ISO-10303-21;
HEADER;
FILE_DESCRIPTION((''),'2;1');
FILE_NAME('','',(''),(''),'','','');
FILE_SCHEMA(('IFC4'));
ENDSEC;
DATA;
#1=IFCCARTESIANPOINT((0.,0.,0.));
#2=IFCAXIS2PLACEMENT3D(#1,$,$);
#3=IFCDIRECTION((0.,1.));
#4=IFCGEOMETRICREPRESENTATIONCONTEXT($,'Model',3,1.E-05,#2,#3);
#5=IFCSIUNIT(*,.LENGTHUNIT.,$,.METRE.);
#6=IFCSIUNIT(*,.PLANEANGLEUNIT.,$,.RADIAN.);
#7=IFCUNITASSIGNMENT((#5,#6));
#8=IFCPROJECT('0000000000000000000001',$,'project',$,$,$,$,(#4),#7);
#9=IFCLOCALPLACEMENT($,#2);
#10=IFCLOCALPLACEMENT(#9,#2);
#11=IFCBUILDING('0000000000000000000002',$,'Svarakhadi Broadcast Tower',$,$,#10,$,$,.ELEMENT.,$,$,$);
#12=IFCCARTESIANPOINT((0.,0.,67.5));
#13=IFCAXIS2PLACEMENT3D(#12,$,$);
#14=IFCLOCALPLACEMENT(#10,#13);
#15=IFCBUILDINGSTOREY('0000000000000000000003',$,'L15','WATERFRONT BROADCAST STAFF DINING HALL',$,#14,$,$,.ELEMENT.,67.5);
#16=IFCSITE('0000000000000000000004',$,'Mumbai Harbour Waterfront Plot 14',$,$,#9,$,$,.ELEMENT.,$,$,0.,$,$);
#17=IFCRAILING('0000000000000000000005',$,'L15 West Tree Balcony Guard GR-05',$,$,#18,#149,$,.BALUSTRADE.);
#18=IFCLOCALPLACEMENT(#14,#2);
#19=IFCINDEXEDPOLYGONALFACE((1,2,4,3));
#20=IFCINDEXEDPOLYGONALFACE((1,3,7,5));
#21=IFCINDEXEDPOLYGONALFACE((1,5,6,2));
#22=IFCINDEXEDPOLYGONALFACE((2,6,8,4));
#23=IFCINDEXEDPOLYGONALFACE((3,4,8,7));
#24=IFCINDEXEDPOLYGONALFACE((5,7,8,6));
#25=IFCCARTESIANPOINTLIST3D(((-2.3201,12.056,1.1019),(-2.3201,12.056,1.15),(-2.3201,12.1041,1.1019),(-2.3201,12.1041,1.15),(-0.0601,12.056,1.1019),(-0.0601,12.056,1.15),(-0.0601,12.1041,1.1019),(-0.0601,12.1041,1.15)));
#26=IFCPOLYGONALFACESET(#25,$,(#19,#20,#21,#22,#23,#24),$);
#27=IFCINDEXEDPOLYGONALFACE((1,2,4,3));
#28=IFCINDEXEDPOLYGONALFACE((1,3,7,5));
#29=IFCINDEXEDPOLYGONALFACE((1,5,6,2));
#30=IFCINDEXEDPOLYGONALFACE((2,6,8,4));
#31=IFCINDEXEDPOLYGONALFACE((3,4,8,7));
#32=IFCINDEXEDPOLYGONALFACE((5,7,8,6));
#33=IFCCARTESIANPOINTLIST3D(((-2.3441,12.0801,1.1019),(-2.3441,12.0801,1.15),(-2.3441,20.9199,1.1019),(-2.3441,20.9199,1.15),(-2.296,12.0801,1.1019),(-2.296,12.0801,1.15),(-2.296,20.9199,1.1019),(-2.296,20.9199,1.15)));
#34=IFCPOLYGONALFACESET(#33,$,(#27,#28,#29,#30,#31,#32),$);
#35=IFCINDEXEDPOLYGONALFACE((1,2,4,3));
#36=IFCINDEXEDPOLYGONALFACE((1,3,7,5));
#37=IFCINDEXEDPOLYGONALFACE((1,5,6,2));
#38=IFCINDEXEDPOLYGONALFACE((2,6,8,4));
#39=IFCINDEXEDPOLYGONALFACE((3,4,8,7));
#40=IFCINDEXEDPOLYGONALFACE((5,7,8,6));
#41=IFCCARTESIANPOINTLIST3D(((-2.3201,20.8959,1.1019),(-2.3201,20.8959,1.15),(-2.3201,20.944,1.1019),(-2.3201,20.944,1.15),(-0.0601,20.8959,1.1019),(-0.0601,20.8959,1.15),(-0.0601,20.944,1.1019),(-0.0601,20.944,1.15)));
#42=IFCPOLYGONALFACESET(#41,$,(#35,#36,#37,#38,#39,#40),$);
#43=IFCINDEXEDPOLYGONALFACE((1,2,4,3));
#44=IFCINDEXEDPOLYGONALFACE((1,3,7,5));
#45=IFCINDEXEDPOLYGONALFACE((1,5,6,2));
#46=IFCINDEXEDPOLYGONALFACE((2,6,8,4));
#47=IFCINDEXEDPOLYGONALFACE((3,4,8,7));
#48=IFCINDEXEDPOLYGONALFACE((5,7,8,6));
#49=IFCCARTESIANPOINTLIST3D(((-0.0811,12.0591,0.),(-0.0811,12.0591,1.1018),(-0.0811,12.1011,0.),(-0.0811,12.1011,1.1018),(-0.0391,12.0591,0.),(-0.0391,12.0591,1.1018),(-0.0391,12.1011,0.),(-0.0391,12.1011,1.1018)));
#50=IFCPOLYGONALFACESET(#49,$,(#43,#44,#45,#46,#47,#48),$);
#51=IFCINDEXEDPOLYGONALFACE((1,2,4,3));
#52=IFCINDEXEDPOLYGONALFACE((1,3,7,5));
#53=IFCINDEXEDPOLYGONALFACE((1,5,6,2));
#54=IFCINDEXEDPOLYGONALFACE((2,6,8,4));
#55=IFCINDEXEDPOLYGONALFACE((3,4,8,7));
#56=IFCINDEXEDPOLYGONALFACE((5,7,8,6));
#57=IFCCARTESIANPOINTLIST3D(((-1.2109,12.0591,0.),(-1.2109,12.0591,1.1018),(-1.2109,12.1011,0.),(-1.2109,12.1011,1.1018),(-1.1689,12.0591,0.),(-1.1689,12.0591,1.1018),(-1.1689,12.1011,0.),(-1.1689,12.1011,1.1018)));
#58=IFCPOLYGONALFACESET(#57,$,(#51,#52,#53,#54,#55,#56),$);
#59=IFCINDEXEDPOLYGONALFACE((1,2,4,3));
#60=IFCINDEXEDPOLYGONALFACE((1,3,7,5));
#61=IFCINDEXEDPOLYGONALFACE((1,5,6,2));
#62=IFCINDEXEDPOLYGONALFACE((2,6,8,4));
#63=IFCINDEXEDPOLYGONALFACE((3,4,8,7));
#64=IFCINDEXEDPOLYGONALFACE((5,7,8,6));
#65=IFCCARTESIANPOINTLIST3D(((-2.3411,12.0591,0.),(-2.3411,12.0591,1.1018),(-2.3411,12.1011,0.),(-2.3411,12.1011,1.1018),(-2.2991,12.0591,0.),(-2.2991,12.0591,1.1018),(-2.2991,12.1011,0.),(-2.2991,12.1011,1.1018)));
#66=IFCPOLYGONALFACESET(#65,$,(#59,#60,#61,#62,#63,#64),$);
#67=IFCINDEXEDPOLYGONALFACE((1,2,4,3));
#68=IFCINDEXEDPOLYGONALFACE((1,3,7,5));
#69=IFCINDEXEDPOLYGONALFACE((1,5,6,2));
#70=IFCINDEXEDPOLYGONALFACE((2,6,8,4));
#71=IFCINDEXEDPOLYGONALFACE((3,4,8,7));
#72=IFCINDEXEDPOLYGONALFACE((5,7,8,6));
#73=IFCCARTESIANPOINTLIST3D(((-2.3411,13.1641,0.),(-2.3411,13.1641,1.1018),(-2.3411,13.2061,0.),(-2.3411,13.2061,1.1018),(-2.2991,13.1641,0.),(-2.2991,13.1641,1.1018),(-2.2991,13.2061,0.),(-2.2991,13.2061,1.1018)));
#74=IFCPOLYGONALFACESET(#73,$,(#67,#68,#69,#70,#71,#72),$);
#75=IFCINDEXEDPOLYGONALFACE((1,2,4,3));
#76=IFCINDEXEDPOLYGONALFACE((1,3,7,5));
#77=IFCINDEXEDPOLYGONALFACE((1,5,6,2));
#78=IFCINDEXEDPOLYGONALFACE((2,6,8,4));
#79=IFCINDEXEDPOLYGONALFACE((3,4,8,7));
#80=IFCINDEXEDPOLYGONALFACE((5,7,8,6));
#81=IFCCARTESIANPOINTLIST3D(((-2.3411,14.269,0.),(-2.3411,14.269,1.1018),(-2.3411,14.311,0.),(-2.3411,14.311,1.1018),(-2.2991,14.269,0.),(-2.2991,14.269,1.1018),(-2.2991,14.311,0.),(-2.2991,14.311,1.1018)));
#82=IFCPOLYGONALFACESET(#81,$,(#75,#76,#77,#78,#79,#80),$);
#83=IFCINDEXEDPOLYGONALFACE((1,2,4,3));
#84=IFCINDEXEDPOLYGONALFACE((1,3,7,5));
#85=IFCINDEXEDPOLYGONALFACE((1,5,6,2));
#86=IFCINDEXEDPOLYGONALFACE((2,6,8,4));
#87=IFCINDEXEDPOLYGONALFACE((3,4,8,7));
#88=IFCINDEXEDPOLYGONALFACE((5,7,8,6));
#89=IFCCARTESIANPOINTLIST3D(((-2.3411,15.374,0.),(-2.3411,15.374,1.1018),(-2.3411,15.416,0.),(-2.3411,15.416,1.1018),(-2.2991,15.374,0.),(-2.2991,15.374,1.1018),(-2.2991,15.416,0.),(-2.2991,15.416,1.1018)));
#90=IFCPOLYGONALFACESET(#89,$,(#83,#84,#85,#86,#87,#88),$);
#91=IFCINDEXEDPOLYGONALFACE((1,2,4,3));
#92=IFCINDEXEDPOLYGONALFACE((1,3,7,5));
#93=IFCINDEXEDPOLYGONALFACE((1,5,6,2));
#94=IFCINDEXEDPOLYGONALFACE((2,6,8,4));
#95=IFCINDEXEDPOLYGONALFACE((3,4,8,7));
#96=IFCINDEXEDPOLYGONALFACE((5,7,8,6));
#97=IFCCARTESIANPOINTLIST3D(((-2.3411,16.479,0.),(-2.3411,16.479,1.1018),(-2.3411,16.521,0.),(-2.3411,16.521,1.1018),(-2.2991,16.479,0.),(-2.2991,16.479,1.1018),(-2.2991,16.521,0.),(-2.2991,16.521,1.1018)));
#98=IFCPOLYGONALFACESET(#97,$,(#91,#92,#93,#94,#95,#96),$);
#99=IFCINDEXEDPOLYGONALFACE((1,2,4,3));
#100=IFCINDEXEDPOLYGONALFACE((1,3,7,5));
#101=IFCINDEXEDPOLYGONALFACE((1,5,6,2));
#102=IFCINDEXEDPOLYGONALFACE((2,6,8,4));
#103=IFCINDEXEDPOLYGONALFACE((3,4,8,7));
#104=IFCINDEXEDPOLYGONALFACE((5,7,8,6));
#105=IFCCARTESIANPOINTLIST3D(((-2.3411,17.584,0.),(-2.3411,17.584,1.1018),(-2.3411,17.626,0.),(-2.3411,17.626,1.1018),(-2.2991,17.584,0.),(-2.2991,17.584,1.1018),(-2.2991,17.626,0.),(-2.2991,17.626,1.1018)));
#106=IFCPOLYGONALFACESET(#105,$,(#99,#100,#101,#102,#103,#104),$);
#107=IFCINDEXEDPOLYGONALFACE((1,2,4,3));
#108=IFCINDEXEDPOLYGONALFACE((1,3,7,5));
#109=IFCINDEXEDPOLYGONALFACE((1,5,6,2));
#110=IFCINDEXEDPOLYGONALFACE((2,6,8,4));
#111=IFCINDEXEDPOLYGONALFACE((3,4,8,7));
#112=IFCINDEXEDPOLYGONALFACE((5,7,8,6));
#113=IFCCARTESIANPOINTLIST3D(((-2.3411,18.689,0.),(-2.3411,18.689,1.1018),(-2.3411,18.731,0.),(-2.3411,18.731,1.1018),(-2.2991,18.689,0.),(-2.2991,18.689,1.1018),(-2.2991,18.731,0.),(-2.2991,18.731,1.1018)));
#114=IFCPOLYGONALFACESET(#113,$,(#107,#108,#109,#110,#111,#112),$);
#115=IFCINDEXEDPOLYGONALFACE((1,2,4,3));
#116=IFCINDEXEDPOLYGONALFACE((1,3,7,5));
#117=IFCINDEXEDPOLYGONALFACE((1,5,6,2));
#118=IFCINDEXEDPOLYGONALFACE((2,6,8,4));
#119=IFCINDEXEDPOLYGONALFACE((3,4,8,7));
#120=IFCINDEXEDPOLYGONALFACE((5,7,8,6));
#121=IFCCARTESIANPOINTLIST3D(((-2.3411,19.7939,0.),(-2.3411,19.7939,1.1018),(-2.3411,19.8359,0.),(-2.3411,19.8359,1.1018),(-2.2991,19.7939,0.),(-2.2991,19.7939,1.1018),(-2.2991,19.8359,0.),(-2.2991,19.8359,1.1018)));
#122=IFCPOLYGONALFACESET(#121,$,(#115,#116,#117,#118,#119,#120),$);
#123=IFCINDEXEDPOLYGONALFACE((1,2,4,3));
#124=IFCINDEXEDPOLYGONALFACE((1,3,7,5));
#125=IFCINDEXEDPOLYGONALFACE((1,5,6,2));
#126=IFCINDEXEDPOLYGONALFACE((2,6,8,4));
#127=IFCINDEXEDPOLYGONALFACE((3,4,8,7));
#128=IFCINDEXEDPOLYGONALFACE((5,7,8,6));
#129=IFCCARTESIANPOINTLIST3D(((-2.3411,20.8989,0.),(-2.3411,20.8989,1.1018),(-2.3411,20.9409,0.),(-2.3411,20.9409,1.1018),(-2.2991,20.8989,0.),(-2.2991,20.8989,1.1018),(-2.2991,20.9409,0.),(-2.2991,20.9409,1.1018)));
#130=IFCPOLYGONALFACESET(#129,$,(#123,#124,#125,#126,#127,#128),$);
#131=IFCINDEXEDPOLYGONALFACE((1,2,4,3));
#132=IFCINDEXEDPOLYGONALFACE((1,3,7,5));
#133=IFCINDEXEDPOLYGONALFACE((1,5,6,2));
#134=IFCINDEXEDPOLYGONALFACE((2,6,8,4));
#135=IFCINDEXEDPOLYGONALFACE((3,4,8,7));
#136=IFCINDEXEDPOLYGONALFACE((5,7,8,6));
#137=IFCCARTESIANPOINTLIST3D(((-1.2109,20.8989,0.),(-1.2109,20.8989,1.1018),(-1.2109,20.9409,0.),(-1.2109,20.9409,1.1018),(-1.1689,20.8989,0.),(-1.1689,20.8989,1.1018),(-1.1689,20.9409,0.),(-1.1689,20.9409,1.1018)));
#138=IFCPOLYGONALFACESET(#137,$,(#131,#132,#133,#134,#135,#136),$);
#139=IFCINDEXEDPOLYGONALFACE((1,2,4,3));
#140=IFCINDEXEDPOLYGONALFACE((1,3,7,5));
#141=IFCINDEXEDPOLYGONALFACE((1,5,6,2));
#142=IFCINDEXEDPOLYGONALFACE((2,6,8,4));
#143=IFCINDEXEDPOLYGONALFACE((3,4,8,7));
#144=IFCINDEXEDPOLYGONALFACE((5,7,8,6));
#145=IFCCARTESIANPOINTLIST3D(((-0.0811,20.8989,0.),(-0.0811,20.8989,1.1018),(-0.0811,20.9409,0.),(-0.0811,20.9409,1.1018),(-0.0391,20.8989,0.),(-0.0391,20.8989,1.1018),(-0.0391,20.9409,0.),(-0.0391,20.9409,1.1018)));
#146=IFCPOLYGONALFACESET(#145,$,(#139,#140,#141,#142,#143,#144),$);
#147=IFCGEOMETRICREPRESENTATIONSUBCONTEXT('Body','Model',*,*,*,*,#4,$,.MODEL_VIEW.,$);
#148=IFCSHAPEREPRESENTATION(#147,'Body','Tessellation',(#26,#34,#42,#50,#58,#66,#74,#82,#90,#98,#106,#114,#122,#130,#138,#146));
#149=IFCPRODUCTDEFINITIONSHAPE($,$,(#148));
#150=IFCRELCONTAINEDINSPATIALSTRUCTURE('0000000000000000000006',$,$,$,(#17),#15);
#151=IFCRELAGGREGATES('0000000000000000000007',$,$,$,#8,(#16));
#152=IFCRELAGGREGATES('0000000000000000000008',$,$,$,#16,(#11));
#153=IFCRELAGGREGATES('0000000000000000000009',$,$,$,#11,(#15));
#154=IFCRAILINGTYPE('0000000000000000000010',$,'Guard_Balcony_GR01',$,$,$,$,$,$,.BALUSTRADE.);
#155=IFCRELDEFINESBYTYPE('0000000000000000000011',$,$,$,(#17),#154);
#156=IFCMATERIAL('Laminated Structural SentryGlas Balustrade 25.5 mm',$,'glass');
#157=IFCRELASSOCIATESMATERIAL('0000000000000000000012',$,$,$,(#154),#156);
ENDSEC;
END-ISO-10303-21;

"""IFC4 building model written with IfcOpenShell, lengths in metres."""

from ifc_helpers import new_model, si_unit, direction, frame, origin, origin_2d, place, context, subcontext, project, spatial, rectangle, extrude, material, type_object, element, save


model = new_model("IFC4")

# Units and contexts
model_context = context("Model", 3, precision=1e-05, world=origin(), true_north=direction((0.0, 1.0)))
body_context = subcontext(model_context, "Body", "Model", "MODEL_VIEW")
ifc_project = project(units=[si_unit("LENGTHUNIT", "METRE"), si_unit("PLANEANGLEUNIT", "RADIAN")], contexts=[model_context])

# Site, building, storey
site_placement = place(None, origin())
site = spatial("IfcSite", under=ifc_project, at=site_placement, Name="Mumbai Harbour Waterfront Plot 14", CompositionType="ELEMENT", RefElevation=0.0)
building_placement = place(site_placement, origin())
building = spatial("IfcBuilding", under=site, at=building_placement, Name="Svarakhadi Broadcast Tower", CompositionType="ELEMENT")
storey_placement = place(building_placement, frame((0.0, 0.0, 67.5)))
storey = spatial("IfcBuildingStorey", under=building, at=storey_placement, Name="L15", Description="WATERFRONT BROADCAST STAFF DINING HALL", CompositionType="ELEMENT", Elevation=67.5)

# Railing
ifc_material_1 = material(Name="Laminated Structural SentryGlas Balustrade 25.5 mm", Category="glass")
railing_type = type_object("IfcRailingType", Name="Guard_Balcony_GR01", PredefinedType="BALUSTRADE", material=ifc_material_1)
railing_placement = place(storey_placement, frame((-0.0601, 12.0801, 0.0)))
element("IfcRailing", 1, at=railing_placement, inside=storey, type_object=railing_type, Name="L15 West Tree Balcony Guard GR-05", PredefinedType="BALUSTRADE", context=body_context, shape_type="SweptSolid", body=[
    extrude(rectangle(XDim=0.0481, YDim=0.0481, at=origin_2d()), frame((0.0, 0.0, 1.126), z_axis=(-1.0, 0.0, 0.0), x_axis=(0.0, -1.0, 0.0)), (0.0, 0.0, 1.0), 2.26),
    extrude(rectangle(XDim=0.0481, YDim=0.0481, at=origin_2d()), frame((-2.26, 0.0, 1.126), z_axis=(0.0, 1.0, 0.0), x_axis=(-1.0, 0.0, 0.0)), (0.0, 0.0, 1.0), 8.8398),
    extrude(rectangle(XDim=0.0481, YDim=0.0481, at=origin_2d()), frame((-2.26, 8.8398, 1.126), z_axis=(1.0, 0.0, 0.0), x_axis=(0.0, 1.0, 0.0)), (0.0, 0.0, 1.0), 2.26),
    extrude(rectangle(XDim=0.042, YDim=0.042, at=origin_2d()), origin(), (0.0, 0.0, 1.0), 1.1018),
    extrude(rectangle(XDim=0.042, YDim=0.042, at=origin_2d()), frame((-1.1299, 0.0, 0.0)), (0.0, 0.0, 1.0), 1.1018),
    extrude(rectangle(XDim=0.042, YDim=0.042, at=origin_2d()), frame((-2.26, 0.0, 0.0)), (0.0, 0.0, 1.0), 1.1018),
    extrude(rectangle(XDim=0.042, YDim=0.042, at=origin_2d()), frame((-2.26, 1.105, 0.0)), (0.0, 0.0, 1.0), 1.1018),
    extrude(rectangle(XDim=0.042, YDim=0.042, at=origin_2d()), frame((-2.26, 2.21, 0.0)), (0.0, 0.0, 1.0), 1.1018),
    extrude(rectangle(XDim=0.042, YDim=0.042, at=origin_2d()), frame((-2.26, 3.3149, 0.0)), (0.0, 0.0, 1.0), 1.1018),
    extrude(rectangle(XDim=0.042, YDim=0.042, at=origin_2d()), frame((-2.26, 4.4199, 0.0)), (0.0, 0.0, 1.0), 1.1018),
    extrude(rectangle(XDim=0.042, YDim=0.042, at=origin_2d()), frame((-2.26, 5.5249, 0.0)), (0.0, 0.0, 1.0), 1.1018),
    extrude(rectangle(XDim=0.042, YDim=0.042, at=origin_2d()), frame((-2.26, 6.6299, 0.0)), (0.0, 0.0, 1.0), 1.1018),
    extrude(rectangle(XDim=0.042, YDim=0.042, at=origin_2d()), frame((-2.26, 7.7349, 0.0)), (0.0, 0.0, 1.0), 1.1018),
    extrude(rectangle(XDim=0.042, YDim=0.042, at=origin_2d()), frame((-2.26, 8.8398, 0.0)), (0.0, 0.0, 1.0), 1.1018),
    extrude(rectangle(XDim=0.042, YDim=0.042, at=origin_2d()), frame((-1.1299, 8.8398, 0.0)), (0.0, 0.0, 1.0), 1.1018),
    extrude(rectangle(XDim=0.042, YDim=0.042, at=origin_2d()), frame((0.0, 8.8398, 0.0)), (0.0, 0.0, 1.0), 1.1018),
])

save(model, "model.ifc")
